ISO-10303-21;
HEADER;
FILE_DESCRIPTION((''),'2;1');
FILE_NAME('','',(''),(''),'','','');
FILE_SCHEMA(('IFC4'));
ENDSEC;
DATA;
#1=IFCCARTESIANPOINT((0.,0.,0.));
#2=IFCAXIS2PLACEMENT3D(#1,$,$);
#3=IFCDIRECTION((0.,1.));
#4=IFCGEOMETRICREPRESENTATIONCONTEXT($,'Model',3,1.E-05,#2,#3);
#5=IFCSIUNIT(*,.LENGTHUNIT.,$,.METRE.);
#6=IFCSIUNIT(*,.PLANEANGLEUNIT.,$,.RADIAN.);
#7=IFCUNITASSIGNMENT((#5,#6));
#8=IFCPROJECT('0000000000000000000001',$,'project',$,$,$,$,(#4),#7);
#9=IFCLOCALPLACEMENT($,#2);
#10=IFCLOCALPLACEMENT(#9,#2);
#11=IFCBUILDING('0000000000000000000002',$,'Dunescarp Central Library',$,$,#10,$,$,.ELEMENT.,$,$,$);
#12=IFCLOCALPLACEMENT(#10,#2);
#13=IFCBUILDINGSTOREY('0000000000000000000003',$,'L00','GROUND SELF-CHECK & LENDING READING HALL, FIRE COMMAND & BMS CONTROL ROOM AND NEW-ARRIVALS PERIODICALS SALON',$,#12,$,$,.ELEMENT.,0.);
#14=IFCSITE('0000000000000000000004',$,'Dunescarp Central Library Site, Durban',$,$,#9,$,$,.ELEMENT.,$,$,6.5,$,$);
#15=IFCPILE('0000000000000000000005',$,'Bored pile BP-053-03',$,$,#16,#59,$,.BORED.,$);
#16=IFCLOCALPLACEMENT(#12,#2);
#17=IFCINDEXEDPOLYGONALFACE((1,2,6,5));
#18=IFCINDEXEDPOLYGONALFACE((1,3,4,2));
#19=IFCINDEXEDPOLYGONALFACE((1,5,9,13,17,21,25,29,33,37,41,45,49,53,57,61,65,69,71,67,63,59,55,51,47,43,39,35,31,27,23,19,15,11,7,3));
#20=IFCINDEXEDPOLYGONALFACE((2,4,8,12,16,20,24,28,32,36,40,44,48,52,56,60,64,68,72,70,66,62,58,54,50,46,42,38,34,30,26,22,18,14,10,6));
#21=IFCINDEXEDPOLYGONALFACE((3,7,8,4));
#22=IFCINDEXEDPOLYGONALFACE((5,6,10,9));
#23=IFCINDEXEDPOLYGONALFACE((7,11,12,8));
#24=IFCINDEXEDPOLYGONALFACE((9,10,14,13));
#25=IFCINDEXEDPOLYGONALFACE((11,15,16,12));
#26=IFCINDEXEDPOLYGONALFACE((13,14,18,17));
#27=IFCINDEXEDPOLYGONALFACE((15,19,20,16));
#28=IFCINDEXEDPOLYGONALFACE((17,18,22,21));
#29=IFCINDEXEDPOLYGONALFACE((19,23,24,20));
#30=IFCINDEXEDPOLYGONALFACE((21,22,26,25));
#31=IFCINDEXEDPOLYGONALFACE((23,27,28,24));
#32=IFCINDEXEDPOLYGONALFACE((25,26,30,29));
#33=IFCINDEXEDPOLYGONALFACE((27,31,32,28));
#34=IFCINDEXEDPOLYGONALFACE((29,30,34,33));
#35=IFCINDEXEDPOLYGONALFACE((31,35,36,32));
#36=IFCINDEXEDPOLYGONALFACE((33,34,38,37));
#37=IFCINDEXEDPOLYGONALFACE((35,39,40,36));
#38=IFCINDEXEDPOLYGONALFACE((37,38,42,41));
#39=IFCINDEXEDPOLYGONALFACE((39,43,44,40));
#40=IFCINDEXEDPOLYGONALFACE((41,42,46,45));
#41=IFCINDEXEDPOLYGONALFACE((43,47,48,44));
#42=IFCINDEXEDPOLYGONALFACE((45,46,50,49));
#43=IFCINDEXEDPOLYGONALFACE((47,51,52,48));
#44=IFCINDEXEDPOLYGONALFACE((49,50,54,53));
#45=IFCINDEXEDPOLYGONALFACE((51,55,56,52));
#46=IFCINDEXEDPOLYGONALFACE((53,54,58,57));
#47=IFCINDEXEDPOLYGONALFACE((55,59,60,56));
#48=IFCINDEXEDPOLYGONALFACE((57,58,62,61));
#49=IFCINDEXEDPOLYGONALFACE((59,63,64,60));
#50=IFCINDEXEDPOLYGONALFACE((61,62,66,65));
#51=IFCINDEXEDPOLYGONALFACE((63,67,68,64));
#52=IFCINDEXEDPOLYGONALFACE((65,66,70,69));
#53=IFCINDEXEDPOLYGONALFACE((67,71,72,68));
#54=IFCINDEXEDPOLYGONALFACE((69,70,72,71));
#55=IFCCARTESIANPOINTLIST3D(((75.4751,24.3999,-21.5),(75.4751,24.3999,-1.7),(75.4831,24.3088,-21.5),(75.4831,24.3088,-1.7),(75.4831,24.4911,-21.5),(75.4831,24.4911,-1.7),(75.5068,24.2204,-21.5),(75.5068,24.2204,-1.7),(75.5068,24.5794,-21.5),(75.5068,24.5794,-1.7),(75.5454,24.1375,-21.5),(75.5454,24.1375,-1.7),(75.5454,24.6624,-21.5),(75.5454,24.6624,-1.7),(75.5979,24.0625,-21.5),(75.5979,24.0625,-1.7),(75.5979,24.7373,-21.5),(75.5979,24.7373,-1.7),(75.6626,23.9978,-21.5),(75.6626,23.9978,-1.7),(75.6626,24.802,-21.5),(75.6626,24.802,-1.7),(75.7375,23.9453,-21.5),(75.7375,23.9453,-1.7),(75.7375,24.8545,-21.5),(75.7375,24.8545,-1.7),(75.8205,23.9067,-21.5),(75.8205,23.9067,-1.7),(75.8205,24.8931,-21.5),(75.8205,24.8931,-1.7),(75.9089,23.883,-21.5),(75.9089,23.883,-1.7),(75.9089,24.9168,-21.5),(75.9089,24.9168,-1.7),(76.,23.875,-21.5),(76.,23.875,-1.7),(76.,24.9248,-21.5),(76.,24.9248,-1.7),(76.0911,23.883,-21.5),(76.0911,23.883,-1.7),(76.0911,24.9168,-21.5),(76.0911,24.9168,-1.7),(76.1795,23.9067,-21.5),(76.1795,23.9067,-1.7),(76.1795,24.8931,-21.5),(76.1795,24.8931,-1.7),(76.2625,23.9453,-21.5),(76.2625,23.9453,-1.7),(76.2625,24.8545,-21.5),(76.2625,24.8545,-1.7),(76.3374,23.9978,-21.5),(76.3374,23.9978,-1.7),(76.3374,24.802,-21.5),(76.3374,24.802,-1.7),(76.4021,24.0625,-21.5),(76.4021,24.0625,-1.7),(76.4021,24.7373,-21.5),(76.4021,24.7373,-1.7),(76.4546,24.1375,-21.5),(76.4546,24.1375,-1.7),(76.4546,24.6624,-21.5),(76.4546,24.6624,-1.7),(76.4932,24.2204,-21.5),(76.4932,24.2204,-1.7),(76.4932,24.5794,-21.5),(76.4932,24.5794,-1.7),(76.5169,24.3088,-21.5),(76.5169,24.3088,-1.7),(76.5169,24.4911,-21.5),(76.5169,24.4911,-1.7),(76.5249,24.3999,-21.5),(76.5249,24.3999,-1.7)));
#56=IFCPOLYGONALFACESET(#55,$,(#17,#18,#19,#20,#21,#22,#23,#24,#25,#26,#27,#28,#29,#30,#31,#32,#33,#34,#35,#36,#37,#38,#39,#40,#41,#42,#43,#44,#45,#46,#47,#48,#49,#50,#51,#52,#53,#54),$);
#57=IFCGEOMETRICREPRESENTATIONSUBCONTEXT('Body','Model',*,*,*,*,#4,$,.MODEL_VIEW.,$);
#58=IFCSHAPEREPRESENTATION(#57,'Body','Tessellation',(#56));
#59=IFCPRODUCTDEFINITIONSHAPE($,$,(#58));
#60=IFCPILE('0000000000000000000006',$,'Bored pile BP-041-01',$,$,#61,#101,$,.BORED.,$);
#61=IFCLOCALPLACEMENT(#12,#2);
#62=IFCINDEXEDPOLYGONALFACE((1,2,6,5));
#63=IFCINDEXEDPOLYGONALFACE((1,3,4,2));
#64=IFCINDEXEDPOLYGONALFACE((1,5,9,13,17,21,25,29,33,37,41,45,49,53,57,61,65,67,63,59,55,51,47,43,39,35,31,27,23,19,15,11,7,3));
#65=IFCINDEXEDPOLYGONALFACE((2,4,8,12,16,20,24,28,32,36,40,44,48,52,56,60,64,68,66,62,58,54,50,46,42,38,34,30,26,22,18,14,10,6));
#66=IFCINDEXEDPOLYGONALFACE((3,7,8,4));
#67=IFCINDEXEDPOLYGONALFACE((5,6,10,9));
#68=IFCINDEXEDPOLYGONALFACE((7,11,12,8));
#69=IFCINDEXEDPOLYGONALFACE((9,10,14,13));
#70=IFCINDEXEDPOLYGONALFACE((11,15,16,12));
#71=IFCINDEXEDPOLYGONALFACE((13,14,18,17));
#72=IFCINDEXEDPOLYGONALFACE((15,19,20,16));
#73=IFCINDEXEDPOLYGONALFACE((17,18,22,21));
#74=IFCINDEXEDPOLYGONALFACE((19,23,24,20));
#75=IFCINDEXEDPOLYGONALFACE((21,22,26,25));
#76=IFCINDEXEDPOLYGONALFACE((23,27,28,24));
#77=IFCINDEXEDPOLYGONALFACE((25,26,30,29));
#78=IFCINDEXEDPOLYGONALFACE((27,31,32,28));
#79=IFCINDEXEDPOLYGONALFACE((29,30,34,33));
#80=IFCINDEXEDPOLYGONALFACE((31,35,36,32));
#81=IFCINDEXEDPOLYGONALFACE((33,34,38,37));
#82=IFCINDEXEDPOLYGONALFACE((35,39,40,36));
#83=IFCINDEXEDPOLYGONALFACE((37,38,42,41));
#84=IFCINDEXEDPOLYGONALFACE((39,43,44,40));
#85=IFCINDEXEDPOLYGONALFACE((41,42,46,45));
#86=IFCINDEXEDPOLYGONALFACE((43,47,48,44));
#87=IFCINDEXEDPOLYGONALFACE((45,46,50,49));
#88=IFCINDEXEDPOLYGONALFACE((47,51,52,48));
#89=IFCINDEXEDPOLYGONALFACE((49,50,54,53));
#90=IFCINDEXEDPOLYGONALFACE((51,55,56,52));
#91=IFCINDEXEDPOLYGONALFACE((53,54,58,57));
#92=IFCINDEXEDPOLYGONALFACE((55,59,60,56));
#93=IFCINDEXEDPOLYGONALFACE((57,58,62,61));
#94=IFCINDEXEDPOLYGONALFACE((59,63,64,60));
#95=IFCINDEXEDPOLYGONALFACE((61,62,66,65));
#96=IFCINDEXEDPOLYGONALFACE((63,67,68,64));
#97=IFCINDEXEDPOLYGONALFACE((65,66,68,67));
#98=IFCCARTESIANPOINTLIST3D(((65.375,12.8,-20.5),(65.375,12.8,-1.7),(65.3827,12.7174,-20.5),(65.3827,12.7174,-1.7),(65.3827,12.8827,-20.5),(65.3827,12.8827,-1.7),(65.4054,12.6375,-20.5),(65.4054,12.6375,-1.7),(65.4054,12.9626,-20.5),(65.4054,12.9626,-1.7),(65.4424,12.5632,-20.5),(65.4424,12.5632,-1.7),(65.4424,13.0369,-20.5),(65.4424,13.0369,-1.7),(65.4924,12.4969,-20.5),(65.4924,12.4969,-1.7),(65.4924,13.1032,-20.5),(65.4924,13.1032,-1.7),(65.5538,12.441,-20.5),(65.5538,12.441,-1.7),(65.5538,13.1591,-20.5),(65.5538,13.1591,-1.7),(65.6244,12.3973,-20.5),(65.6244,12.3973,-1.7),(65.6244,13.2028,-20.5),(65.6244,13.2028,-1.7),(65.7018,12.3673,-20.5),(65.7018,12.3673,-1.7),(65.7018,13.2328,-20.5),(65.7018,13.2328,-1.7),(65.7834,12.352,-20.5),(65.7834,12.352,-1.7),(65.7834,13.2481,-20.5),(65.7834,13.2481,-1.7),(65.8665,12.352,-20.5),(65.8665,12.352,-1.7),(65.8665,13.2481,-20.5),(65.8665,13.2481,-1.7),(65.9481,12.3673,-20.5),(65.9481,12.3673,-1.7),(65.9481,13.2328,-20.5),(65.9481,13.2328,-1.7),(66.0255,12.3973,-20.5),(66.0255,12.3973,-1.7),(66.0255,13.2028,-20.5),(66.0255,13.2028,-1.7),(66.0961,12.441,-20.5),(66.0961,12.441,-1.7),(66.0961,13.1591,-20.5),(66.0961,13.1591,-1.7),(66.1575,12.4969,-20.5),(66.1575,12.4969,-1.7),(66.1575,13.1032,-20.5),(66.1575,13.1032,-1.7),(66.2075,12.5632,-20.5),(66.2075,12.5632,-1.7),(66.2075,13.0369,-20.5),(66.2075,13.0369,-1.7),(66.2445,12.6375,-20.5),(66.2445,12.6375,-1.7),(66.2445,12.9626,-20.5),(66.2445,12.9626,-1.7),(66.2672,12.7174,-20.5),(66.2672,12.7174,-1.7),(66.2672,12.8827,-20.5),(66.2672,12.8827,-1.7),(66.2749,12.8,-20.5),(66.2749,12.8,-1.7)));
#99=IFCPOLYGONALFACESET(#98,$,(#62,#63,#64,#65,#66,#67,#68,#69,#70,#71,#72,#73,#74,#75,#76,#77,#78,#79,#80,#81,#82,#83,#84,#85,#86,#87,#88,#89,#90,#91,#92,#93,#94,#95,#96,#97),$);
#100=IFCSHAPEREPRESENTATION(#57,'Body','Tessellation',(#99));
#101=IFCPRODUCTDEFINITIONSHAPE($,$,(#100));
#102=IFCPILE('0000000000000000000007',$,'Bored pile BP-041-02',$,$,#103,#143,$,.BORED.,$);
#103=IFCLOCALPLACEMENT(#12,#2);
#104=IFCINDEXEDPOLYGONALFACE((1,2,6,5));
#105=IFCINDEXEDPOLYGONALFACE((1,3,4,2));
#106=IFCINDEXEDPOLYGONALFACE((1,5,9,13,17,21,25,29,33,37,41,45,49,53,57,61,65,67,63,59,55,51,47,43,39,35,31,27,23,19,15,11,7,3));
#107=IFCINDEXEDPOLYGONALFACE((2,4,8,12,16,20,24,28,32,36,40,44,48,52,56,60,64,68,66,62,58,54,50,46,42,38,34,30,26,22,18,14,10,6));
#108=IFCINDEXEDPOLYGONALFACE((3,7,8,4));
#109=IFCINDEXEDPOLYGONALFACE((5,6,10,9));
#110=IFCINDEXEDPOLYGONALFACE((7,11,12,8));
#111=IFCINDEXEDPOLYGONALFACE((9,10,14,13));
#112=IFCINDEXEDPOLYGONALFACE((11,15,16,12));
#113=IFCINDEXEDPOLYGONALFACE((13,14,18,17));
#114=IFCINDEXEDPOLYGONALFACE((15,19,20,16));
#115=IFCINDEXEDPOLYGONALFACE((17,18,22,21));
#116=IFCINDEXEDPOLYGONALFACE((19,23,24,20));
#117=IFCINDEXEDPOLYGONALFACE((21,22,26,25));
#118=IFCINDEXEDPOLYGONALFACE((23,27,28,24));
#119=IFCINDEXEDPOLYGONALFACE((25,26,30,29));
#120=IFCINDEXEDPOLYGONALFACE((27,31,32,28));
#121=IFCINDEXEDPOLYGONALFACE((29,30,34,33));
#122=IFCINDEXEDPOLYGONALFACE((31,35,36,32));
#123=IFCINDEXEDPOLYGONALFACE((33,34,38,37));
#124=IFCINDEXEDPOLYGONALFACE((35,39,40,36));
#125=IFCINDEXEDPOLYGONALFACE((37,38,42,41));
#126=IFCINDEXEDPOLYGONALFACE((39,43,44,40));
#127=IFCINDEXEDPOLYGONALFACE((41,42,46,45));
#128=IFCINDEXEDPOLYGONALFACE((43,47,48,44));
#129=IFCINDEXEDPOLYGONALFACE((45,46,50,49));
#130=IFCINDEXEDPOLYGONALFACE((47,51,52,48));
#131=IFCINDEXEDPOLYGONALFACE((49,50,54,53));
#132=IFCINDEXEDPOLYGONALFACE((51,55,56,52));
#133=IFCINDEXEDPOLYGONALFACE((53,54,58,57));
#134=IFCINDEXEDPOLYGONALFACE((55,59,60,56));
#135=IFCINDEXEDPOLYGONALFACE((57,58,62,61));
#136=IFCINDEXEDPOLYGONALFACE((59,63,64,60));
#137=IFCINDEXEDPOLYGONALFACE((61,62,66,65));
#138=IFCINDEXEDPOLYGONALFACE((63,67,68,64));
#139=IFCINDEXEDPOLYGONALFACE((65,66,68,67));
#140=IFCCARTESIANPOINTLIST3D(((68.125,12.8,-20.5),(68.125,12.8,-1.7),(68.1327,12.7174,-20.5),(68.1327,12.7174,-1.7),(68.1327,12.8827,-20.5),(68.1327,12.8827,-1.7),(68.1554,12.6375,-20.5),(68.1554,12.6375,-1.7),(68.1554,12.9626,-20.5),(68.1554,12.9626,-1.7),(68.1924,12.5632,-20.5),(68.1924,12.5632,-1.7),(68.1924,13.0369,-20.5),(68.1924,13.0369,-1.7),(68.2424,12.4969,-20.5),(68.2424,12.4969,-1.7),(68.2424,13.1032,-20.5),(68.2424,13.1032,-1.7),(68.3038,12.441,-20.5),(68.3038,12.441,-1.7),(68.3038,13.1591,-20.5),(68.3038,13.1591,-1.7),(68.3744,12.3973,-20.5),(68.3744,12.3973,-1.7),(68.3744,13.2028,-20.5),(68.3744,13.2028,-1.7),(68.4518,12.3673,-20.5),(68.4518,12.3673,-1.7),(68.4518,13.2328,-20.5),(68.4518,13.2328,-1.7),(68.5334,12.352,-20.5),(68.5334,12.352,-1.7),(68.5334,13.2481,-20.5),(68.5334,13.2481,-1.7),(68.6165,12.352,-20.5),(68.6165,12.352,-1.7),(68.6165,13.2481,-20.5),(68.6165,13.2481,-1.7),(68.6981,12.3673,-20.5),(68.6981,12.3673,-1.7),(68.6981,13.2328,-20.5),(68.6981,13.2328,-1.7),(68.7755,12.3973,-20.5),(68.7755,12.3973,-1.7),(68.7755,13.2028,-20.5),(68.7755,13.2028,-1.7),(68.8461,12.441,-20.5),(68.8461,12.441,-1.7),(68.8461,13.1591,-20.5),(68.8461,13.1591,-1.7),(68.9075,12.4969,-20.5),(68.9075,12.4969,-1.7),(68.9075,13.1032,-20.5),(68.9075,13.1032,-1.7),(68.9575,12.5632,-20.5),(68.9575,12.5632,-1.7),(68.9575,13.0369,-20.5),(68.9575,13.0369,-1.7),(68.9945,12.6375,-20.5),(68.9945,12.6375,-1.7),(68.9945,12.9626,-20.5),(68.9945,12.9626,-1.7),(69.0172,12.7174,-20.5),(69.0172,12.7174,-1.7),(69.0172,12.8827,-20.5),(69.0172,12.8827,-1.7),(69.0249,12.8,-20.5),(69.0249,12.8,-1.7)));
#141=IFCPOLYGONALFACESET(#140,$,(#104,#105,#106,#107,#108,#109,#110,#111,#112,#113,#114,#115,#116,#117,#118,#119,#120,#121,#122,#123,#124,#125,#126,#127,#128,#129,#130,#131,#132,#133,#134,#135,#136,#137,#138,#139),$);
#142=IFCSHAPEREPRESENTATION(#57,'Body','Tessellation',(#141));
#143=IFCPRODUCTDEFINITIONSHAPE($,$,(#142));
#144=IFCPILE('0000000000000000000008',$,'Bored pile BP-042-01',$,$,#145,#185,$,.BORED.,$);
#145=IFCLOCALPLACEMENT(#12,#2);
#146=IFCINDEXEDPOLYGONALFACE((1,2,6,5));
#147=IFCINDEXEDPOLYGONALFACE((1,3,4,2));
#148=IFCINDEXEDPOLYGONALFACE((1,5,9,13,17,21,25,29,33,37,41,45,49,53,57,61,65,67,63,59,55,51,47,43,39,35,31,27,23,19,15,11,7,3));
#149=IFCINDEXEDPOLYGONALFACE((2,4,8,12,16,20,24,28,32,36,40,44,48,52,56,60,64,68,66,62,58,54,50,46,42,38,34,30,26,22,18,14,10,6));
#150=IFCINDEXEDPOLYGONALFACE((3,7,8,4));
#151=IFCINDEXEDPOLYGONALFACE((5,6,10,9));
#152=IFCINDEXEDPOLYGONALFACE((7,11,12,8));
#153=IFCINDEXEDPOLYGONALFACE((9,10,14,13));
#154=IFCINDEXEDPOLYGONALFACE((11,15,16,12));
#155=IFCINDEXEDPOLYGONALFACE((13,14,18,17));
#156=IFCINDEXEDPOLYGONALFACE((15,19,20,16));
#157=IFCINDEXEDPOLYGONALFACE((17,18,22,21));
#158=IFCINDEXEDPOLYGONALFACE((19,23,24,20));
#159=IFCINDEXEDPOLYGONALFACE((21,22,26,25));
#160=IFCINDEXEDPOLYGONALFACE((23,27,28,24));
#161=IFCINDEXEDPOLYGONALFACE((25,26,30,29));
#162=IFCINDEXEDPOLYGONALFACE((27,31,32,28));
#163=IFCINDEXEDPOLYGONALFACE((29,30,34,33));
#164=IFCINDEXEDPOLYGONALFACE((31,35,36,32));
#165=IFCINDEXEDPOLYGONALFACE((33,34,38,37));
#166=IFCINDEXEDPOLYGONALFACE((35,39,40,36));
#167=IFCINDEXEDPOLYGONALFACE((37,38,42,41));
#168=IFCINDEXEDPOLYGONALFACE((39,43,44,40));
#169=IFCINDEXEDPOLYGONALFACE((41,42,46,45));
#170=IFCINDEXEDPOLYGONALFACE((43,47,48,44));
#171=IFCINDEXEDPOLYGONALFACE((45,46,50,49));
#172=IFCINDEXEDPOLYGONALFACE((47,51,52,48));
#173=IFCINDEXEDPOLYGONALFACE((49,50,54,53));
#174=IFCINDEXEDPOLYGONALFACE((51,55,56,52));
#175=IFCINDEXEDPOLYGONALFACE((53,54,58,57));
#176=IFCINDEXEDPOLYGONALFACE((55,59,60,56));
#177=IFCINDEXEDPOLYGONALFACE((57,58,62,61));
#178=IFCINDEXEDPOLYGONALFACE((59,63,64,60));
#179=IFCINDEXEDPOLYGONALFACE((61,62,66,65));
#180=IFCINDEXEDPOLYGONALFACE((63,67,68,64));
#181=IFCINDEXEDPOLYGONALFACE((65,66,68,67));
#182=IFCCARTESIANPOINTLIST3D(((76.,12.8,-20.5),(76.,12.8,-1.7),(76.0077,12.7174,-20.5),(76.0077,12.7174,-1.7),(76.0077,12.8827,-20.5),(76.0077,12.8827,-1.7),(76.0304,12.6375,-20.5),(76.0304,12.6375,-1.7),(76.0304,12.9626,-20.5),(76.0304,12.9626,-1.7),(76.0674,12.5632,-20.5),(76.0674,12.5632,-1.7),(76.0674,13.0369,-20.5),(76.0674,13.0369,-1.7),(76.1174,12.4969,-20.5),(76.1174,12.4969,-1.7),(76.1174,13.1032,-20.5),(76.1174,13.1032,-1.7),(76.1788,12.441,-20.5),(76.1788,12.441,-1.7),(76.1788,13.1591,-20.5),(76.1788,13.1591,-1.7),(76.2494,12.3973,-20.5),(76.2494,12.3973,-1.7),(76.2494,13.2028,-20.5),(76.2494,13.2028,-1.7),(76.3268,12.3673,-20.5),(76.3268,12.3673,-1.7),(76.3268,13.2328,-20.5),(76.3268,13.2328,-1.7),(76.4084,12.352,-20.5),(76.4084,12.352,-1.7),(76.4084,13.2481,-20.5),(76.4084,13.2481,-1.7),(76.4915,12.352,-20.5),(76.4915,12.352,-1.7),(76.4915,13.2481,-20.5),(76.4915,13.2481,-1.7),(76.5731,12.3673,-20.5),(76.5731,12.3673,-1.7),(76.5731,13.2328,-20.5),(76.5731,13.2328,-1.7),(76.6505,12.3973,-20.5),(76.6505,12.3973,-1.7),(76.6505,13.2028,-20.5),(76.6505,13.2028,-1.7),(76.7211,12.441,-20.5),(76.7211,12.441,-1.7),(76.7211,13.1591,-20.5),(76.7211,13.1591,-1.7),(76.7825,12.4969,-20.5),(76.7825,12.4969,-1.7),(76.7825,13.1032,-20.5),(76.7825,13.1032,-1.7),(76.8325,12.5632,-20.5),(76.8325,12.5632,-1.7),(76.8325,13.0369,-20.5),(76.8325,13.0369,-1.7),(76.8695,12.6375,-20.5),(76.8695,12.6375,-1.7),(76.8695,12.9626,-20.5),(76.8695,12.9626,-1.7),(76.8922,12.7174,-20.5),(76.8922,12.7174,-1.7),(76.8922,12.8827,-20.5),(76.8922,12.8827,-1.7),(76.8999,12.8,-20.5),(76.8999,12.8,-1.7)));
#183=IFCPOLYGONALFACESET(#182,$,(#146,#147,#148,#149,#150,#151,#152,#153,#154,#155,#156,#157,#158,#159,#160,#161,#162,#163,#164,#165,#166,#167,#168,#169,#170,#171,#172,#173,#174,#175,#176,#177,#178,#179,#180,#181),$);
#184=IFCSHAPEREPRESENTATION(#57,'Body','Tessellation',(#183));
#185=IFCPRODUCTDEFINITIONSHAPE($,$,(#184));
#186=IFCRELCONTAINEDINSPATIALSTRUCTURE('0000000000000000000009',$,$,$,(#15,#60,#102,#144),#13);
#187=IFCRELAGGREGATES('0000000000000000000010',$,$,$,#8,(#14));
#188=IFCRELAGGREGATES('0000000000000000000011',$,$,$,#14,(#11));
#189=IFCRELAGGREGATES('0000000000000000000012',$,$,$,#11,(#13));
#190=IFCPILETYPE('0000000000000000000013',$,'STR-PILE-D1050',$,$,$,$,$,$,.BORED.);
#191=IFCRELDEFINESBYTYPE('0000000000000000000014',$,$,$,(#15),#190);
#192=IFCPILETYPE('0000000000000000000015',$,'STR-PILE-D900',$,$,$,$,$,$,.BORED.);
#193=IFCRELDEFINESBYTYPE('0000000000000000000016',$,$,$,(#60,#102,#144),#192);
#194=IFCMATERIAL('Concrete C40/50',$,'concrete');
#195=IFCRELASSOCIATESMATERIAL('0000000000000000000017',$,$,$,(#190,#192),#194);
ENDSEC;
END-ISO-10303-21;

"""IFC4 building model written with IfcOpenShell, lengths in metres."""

from ifc_helpers import new_model, si_unit, direction, frame, origin, origin_2d, place, context, subcontext, project, spatial, circle, extrude, material, material_profile, profile_set, type_object, element, save


model = new_model("IFC4")

# Units and contexts
model_context = context("Model", 3, precision=1e-05, world=origin(), true_north=direction((0.0, 1.0)))
body_context = subcontext(model_context, "Body", "Model", "MODEL_VIEW")
ifc_project = project(units=[si_unit("LENGTHUNIT", "METRE"), si_unit("PLANEANGLEUNIT", "RADIAN")], contexts=[model_context])

# Site, building, storey
site_placement = place(None, origin())
site = spatial("IfcSite", under=ifc_project, at=site_placement, Name="Dunescarp Central Library Site, Durban", CompositionType="ELEMENT", RefElevation=6.5)
building_placement = place(site_placement, origin())
building = spatial("IfcBuilding", under=site, at=building_placement, Name="Dunescarp Central Library", CompositionType="ELEMENT")
storey_placement = place(building_placement, origin())
storey = spatial("IfcBuildingStorey", under=building, at=storey_placement, Name="L00", Description="GROUND SELF-CHECK & LENDING READING HALL, FIRE COMMAND & BMS CONTROL ROOM AND NEW-ARRIVALS PERIODICALS SALON", CompositionType="ELEMENT", Elevation=0.0)

# Shared definitions
ifc_material_1 = material(Name="Concrete C40/50", Category="concrete")

# Piles
ifc_material_profile_1 = material_profile(ifc_material_1, circle(Radius=0.5249, at=origin_2d()), Name="PILE D1050")
ifc_profile_set_1 = profile_set([ifc_material_profile_1], Name="Concrete C40/50")
pile_type_1 = type_object("IfcPileType", Name="STR-PILE-D1050", PredefinedType="BORED", material=ifc_profile_set_1)
for number, where, z_axis, x_axis, name in (
    (1, (76.0, 24.3999, -1.7), (0.0, 0.0, -1.0), (1.0, 0.0, 0.0), "Bored pile BP-053-03"),
):
    element("IfcPile", number, at=place(storey_placement, frame(where, z_axis=z_axis, x_axis=x_axis)), inside=storey, type_object=pile_type_1, Name=name, PredefinedType="BORED", context=body_context, shape_type="SweptSolid", body=[
        extrude(circle(Radius=0.5249, at=origin_2d()), origin(), (0.0, 0.0, 1.0), 19.8),
    ])
ifc_material_profile_2 = material_profile(ifc_material_1, circle(Radius=0.45, at=origin_2d()), Name="PILE D900")
ifc_profile_set_2 = profile_set([ifc_material_profile_2], Name="Concrete C40/50")
pile_type_2 = type_object("IfcPileType", Name="STR-PILE-D900", PredefinedType="BORED", material=ifc_profile_set_2)
for number, where, z_axis, x_axis, name in (
    (2, (65.825, 12.8, -1.7), (0.0, 0.0, -1.0), (1.0, 0.0, 0.0), "Bored pile BP-041-01"),
    (3, (68.575, 12.8, -1.7), (0.0, 0.0, -1.0), (1.0, 0.0, 0.0), "Bored pile BP-041-02"),
    (4, (76.45, 12.8, -1.7), (0.0, 0.0, -1.0), (1.0, 0.0, 0.0), "Bored pile BP-042-01"),
):
    element("IfcPile", number, at=place(storey_placement, frame(where, z_axis=z_axis, x_axis=x_axis)), inside=storey, type_object=pile_type_2, Name=name, PredefinedType="BORED", context=body_context, shape_type="SweptSolid", body=[
        extrude(circle(Radius=0.45, at=origin_2d()), origin(), (0.0, 0.0, 1.0), 18.8),
    ])

save(model, "model.ifc")
